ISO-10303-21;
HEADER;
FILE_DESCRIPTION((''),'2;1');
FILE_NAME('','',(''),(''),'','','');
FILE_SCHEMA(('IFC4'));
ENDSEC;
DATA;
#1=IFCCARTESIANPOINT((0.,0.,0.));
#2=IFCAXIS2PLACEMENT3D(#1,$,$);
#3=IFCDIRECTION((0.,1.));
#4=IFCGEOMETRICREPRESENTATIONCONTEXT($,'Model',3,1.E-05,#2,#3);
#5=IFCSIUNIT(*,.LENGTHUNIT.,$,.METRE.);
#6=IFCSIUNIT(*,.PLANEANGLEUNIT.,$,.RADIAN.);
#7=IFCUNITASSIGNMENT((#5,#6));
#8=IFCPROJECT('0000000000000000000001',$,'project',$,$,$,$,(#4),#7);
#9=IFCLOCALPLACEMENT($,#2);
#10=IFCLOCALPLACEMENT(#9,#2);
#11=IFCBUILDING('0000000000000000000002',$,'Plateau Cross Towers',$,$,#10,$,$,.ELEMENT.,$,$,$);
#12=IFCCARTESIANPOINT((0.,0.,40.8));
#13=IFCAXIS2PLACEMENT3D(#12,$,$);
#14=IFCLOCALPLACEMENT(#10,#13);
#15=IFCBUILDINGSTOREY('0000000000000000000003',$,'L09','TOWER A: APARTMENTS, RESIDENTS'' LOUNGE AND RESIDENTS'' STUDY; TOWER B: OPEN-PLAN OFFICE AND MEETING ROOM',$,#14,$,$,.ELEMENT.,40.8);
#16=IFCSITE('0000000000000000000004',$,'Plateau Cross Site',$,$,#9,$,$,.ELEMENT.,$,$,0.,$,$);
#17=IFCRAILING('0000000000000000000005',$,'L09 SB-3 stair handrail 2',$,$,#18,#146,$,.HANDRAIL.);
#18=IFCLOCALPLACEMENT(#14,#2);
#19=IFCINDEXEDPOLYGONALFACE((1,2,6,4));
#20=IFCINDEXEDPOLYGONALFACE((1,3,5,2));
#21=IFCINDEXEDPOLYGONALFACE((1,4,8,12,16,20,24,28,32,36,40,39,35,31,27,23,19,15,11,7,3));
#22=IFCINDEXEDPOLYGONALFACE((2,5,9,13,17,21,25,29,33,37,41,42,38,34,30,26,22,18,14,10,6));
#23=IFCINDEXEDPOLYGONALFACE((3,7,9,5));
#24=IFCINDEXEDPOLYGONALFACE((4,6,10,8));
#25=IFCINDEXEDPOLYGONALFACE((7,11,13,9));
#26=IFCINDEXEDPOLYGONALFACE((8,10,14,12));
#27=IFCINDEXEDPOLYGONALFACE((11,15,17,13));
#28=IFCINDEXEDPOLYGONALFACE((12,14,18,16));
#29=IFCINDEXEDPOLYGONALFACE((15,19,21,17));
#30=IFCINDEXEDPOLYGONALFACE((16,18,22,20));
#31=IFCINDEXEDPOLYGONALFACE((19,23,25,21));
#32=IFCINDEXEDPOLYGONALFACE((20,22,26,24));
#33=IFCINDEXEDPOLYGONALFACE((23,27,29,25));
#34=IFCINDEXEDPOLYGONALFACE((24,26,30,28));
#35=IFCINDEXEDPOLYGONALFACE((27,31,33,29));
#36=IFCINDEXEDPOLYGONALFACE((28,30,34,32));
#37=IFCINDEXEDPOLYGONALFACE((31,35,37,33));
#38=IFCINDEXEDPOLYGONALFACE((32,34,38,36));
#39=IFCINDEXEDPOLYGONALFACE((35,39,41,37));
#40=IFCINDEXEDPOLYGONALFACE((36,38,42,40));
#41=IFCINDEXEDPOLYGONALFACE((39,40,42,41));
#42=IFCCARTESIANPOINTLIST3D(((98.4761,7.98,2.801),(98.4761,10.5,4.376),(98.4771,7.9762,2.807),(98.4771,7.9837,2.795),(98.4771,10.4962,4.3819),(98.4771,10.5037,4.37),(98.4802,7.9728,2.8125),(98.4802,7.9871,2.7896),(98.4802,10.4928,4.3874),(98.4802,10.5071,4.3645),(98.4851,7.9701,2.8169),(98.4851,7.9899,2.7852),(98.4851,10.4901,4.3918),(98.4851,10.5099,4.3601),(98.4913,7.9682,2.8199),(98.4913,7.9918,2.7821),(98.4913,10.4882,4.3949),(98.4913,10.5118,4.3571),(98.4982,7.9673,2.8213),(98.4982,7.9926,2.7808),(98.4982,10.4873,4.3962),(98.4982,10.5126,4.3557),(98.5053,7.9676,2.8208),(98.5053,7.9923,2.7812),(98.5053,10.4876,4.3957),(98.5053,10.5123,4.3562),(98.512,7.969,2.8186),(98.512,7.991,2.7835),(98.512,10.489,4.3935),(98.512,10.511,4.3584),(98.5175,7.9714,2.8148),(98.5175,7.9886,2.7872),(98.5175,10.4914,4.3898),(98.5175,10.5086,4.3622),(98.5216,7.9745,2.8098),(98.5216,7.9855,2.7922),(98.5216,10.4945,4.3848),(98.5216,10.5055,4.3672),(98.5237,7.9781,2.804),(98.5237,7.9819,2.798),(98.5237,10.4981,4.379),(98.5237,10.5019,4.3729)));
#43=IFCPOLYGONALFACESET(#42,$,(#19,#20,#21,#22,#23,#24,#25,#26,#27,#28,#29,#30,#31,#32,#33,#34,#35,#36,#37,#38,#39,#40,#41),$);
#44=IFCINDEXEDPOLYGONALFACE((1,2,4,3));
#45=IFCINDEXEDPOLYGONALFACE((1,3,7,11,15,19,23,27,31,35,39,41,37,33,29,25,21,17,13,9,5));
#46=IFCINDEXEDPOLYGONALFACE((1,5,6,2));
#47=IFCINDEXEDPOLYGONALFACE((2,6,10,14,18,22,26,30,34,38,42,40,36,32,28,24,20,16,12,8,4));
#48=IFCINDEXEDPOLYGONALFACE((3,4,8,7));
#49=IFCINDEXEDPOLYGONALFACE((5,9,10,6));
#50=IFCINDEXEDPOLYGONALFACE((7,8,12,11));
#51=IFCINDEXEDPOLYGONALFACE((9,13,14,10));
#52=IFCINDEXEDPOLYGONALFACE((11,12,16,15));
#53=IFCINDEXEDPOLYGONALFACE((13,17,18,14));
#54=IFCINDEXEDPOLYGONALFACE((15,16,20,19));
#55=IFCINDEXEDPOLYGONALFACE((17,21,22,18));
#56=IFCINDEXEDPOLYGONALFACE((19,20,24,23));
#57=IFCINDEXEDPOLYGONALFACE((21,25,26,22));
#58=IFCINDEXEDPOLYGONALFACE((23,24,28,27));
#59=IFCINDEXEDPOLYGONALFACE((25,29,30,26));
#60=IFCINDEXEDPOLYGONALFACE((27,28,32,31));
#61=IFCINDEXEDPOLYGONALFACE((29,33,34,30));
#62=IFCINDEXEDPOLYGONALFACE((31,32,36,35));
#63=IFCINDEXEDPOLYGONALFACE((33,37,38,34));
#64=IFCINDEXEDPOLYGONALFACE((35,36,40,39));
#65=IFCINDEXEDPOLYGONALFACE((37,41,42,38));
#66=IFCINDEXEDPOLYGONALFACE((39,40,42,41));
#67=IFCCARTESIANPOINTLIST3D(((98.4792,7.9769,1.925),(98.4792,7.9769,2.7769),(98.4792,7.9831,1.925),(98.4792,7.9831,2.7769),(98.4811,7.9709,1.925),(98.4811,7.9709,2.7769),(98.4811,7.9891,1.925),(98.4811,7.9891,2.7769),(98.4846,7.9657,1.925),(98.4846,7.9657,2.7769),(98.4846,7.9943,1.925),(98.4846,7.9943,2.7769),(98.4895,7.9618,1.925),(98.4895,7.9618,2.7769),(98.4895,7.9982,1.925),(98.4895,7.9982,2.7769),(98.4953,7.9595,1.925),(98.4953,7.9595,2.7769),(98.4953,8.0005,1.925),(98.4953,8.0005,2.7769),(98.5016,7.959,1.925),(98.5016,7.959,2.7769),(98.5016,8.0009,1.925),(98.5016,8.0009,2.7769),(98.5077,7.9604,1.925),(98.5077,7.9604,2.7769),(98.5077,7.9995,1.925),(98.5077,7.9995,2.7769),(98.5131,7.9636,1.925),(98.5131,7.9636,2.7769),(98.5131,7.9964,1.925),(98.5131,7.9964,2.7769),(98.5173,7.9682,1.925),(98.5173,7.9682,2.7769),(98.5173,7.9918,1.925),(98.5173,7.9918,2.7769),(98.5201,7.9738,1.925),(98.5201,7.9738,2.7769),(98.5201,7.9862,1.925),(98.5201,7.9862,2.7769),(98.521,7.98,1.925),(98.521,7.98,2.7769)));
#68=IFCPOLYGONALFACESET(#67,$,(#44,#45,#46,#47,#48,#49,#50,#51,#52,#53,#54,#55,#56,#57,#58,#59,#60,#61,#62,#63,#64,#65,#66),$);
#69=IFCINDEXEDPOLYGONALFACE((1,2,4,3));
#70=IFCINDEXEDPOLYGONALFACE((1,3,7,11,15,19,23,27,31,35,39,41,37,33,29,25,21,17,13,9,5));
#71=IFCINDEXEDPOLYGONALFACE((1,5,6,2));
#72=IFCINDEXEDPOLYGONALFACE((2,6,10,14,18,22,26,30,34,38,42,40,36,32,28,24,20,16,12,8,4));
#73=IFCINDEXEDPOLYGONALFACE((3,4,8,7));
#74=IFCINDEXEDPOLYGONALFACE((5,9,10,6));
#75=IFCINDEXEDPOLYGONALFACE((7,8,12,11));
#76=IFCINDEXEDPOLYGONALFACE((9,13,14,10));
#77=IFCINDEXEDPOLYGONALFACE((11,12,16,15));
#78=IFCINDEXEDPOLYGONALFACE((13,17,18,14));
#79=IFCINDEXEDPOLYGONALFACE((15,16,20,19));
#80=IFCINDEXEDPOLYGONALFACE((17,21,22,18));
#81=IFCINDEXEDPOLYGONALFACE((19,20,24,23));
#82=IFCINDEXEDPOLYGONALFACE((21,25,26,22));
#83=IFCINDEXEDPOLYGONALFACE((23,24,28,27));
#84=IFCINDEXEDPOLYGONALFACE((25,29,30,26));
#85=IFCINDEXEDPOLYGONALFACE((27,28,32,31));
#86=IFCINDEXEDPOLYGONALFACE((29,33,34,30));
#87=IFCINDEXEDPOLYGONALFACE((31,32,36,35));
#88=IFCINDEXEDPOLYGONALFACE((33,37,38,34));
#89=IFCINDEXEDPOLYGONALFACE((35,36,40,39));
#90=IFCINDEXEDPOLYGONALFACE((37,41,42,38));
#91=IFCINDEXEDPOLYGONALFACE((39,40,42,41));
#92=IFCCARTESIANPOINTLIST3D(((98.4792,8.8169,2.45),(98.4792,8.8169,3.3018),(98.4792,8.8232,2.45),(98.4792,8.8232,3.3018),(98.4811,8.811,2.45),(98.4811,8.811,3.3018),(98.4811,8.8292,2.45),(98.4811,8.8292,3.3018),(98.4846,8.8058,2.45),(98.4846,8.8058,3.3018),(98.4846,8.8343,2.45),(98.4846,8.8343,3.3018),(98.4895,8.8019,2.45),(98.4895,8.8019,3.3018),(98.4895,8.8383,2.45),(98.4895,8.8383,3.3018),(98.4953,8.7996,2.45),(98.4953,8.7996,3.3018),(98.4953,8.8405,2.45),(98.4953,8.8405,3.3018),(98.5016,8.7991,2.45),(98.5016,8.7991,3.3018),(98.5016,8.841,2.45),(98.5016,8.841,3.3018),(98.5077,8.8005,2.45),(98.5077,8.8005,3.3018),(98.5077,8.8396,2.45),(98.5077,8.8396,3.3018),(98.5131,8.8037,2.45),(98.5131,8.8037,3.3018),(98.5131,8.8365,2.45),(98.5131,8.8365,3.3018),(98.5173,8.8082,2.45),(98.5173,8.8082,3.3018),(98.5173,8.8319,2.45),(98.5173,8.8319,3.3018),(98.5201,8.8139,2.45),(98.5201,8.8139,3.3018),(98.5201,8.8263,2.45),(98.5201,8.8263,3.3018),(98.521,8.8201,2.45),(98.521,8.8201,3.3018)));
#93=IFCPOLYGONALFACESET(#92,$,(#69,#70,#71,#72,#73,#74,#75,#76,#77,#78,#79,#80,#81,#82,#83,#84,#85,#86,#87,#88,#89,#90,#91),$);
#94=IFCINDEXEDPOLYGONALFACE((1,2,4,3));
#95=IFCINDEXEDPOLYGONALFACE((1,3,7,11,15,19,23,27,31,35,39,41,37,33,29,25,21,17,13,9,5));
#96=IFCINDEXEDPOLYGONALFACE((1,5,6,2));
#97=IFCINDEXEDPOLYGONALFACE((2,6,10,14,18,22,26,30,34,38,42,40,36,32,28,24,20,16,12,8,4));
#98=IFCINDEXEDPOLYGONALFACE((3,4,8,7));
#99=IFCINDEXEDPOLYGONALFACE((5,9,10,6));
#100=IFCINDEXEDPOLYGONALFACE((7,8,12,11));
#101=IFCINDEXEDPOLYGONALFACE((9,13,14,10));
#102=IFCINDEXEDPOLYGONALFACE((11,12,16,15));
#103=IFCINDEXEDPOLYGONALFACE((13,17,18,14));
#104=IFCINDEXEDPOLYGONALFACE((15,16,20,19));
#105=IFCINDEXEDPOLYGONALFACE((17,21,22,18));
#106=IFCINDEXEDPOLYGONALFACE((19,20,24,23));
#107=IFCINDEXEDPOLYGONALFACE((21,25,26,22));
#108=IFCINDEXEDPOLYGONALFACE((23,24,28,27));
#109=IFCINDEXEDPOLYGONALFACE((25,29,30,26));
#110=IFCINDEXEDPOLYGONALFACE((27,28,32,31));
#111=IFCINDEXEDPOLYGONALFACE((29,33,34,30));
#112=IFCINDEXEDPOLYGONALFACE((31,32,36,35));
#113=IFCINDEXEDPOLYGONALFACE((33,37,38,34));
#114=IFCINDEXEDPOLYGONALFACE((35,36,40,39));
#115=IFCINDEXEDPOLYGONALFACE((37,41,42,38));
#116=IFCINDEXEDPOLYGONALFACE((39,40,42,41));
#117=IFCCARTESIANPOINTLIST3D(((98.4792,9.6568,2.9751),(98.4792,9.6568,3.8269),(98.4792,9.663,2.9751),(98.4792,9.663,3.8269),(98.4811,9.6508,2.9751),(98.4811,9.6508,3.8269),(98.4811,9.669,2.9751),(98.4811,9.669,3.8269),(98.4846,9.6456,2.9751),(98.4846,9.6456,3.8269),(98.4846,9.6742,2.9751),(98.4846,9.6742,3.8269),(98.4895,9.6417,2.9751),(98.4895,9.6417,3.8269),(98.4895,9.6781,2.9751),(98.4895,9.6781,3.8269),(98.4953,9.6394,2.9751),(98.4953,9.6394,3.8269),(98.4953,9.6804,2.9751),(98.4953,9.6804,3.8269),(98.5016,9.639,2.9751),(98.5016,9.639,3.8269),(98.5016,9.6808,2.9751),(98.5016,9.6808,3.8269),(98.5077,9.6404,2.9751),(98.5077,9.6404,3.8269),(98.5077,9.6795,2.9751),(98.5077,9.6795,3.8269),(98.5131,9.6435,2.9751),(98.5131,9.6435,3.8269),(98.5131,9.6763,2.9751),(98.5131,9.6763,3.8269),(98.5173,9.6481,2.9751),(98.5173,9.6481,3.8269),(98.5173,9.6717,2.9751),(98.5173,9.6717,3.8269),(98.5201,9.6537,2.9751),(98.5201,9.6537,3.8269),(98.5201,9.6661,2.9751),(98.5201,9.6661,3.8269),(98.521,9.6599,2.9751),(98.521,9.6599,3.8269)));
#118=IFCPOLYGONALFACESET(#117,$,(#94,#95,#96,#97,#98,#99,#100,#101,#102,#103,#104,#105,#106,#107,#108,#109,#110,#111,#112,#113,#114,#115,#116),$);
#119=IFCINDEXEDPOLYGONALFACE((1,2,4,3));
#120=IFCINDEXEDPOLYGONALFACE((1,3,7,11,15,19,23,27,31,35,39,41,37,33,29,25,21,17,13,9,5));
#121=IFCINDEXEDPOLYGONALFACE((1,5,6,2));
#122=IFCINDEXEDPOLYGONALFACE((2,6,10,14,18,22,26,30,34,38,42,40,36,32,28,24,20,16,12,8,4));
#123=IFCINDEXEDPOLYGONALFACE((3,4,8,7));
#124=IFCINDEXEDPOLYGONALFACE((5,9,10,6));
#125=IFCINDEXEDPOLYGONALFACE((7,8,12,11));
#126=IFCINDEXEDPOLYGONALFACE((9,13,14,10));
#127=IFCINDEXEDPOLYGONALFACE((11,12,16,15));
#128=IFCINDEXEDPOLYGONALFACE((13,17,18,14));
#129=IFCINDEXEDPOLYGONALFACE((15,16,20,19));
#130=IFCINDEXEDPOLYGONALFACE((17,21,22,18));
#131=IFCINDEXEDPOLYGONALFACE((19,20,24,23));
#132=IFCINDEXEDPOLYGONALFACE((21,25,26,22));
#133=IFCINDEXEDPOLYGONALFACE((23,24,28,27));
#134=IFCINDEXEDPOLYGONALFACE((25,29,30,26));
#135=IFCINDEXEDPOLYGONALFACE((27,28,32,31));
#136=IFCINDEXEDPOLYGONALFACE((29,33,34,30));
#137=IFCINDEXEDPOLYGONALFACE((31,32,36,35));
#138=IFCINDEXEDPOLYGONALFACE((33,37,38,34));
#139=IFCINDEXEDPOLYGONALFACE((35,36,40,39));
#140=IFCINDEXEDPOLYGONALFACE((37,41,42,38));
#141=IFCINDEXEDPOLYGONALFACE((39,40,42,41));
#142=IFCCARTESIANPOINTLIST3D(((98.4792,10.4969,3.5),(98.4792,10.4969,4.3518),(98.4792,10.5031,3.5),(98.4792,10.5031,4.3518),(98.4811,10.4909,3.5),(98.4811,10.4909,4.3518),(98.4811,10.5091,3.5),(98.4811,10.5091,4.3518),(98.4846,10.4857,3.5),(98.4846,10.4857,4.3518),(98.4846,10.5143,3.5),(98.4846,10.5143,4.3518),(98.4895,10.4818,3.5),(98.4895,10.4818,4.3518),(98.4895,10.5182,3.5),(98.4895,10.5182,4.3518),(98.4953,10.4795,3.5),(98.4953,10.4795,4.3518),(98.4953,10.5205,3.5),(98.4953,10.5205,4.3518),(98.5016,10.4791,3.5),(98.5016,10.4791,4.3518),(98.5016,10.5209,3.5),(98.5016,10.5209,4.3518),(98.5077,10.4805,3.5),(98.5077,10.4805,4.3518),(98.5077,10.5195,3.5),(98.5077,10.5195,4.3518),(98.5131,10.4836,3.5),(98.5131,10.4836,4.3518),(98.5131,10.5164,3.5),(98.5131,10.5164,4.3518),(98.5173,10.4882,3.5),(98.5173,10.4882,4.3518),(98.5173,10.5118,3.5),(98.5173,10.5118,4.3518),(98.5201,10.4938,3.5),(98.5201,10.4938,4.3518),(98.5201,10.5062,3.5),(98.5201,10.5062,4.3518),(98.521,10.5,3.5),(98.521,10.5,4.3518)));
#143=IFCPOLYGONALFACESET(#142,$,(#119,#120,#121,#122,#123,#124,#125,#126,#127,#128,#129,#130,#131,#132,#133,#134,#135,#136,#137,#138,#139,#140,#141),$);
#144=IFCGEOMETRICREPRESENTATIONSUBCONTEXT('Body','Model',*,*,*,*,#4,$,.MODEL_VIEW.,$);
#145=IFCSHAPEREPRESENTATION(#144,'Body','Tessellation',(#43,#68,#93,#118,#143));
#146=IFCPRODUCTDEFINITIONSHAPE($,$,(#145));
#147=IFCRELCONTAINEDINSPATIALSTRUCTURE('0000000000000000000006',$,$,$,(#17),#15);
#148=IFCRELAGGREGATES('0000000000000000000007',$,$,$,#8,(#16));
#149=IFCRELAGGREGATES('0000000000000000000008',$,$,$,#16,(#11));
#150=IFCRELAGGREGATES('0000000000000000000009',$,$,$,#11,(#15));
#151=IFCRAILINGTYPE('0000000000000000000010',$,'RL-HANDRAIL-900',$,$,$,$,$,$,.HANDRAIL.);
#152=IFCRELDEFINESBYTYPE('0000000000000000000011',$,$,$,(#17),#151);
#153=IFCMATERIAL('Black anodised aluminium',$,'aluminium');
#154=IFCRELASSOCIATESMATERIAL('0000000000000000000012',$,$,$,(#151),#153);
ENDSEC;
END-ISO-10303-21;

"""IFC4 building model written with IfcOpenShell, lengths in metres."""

from ifc_helpers import new_model, si_unit, direction, frame, origin, origin_2d, place, context, subcontext, project, spatial, circle, extrude, material, type_object, element, save


model = new_model("IFC4")

# Units and contexts
model_context = context("Model", 3, precision=1e-05, world=origin(), true_north=direction((0.0, 1.0)))
body_context = subcontext(model_context, "Body", "Model", "MODEL_VIEW")
ifc_project = project(units=[si_unit("LENGTHUNIT", "METRE"), si_unit("PLANEANGLEUNIT", "RADIAN")], contexts=[model_context])

# Site, building, storey
site_placement = place(None, origin())
site = spatial("IfcSite", under=ifc_project, at=site_placement, Name="Plateau Cross Site", CompositionType="ELEMENT", RefElevation=0.0)
building_placement = place(site_placement, origin())
building = spatial("IfcBuilding", under=site, at=building_placement, Name="Plateau Cross Towers", CompositionType="ELEMENT")
storey_placement = place(building_placement, frame((0.0, 0.0, 40.8)))
storey = spatial("IfcBuildingStorey", under=building, at=storey_placement, Name="L09", Description="TOWER A: APARTMENTS, RESIDENTS' LOUNGE AND RESIDENTS' STUDY; TOWER B: OPEN-PLAN OFFICE AND MEETING ROOM", CompositionType="ELEMENT", Elevation=40.8)

# Shared definitions
ifc_material_1 = material(Name="Black anodised aluminium", Category="aluminium")

# Railing
railing_type_1 = type_object("IfcRailingType", Name="RL-HANDRAIL-900", PredefinedType="HANDRAIL", material=ifc_material_1)
railing_1_placement = place(storey_placement, frame((98.5, 7.98, 1.925)))
element("IfcRailing", 1, at=railing_1_placement, inside=storey, type_object=railing_type_1, Name="L09 SB-3 stair handrail 2", PredefinedType="HANDRAIL", context=body_context, shape_type="SweptSolid", body=[
    extrude(circle(Radius=0.0239, at=origin_2d()), frame((0.0, 0.0, 0.876), z_axis=(0.0, 0.848008, 0.529984), x_axis=(-1.0, 0.0, 0.0)), (0.0, 0.0, 1.0), 2.9717),
    extrude(circle(Radius=0.021, at=origin_2d()), origin(), (0.0, 0.0, 1.0), 0.8518),
    extrude(circle(Radius=0.021, at=origin_2d()), frame((0.0, 0.8401, 0.5249)), (0.0, 0.0, 1.0), 0.8518),
    extrude(circle(Radius=0.021, at=origin_2d()), frame((0.0, 1.6799, 1.05)), (0.0, 0.0, 1.0), 0.8518),
    extrude(circle(Radius=0.021, at=origin_2d()), frame((0.0, 2.52, 1.575)), (0.0, 0.0, 1.0), 0.8518),
])

save(model, "model.ifc")
